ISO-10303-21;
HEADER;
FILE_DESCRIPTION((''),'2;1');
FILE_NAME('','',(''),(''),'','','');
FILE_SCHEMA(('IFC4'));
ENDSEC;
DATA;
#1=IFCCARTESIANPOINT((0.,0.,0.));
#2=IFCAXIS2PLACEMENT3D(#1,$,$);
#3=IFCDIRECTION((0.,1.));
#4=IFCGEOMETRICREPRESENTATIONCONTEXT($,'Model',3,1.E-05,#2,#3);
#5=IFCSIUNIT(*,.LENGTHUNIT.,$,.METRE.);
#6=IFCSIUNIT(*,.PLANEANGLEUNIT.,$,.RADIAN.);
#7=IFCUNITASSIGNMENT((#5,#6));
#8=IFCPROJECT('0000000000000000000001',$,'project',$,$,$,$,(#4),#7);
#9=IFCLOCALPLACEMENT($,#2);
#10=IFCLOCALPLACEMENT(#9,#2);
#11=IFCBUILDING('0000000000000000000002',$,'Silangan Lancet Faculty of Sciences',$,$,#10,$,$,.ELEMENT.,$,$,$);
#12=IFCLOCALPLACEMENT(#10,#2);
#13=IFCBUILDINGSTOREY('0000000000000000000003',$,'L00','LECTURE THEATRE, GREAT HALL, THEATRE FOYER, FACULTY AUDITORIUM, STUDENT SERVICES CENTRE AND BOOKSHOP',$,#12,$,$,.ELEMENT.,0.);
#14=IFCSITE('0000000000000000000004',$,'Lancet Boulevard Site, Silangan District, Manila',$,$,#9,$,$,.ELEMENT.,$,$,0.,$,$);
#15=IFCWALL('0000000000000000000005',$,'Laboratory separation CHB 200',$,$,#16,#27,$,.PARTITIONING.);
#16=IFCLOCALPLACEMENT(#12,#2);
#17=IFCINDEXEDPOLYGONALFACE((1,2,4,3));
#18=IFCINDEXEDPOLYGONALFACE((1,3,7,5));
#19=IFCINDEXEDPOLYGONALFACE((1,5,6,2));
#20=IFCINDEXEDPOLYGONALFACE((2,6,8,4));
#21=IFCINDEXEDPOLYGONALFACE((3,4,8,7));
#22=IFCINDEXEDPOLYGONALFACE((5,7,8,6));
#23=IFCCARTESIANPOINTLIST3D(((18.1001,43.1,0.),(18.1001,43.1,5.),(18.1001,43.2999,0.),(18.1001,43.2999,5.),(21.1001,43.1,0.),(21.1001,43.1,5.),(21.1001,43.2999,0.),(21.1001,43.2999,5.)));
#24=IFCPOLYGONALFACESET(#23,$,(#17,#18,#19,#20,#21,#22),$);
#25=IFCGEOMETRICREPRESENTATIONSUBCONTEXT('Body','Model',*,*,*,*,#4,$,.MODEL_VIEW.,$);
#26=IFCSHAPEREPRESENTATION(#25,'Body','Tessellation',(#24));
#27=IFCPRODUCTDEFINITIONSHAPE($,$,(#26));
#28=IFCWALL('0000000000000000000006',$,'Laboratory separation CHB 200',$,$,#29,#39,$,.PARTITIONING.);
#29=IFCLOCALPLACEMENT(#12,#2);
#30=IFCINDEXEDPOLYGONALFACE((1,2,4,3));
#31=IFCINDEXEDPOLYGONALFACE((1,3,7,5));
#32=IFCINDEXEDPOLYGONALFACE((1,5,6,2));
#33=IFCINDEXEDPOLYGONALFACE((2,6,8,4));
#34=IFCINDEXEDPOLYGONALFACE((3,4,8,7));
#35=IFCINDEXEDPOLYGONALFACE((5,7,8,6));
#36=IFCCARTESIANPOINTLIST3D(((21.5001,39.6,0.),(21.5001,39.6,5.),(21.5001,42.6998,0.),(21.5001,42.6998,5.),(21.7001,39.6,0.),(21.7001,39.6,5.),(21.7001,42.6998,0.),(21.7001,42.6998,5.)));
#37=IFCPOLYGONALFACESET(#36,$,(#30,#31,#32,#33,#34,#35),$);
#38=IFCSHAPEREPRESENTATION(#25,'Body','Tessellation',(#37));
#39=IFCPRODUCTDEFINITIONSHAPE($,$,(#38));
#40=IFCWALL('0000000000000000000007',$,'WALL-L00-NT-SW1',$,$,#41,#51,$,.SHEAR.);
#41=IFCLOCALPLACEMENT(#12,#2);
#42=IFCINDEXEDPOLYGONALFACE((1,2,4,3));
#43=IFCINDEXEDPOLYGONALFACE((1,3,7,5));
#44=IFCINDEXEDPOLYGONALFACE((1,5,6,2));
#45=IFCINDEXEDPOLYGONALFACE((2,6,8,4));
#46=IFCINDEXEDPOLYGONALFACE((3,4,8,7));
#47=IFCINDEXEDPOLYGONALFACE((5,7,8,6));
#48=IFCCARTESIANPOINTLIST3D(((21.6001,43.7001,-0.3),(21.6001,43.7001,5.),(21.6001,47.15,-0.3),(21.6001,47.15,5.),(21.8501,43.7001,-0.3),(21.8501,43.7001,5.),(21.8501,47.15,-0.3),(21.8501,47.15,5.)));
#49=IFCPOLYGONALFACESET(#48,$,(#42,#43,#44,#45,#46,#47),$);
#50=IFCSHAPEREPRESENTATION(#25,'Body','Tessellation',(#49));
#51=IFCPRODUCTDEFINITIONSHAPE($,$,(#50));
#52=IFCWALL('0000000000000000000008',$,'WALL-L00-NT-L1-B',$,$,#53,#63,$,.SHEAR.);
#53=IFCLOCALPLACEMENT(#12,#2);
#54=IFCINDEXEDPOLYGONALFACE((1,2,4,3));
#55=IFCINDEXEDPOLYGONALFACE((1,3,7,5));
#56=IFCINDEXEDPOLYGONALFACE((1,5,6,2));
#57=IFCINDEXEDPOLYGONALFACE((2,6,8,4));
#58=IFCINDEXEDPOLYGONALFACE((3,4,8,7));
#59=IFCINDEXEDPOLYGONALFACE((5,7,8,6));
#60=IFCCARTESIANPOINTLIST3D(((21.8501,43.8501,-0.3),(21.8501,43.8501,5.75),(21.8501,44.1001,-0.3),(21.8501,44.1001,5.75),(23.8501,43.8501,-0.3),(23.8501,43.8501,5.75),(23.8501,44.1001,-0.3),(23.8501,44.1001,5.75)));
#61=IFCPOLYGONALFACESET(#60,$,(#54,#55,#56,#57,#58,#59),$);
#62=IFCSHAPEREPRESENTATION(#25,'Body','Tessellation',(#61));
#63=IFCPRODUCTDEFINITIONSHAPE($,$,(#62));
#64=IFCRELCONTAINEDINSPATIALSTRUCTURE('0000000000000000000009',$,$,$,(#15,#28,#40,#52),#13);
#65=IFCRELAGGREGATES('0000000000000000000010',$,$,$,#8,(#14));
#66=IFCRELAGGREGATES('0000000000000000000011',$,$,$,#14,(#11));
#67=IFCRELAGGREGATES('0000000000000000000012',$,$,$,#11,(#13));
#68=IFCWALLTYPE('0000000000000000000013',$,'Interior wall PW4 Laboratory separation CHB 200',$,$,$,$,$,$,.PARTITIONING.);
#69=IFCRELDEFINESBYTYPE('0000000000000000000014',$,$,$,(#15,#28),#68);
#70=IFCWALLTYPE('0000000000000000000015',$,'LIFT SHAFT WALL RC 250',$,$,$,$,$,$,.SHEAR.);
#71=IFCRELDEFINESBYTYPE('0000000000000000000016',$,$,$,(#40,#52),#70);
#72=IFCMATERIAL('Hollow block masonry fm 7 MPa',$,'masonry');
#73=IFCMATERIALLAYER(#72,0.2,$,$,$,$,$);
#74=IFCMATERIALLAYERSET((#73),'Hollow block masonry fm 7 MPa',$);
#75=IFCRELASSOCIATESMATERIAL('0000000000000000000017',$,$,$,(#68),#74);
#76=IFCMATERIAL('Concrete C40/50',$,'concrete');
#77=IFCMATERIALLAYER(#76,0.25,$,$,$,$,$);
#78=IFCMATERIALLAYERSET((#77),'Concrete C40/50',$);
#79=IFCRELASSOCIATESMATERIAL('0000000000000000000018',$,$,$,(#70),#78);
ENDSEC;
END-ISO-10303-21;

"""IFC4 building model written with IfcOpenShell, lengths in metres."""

from ifc_helpers import new_model, si_unit, direction, frame, frame_2d, origin, place, context, subcontext, project, spatial, rectangle, extrude, material, layer, layer_set, type_object, element, save


model = new_model("IFC4")

# Units and contexts
model_context = context("Model", 3, precision=1e-05, world=origin(), true_north=direction((0.0, 1.0)))
body_context = subcontext(model_context, "Body", "Model", "MODEL_VIEW")
ifc_project = project(units=[si_unit("LENGTHUNIT", "METRE"), si_unit("PLANEANGLEUNIT", "RADIAN")], contexts=[model_context])

# Site, building, storey
site_placement = place(None, origin())
site = spatial("IfcSite", under=ifc_project, at=site_placement, Name="Lancet Boulevard Site, Silangan District, Manila", CompositionType="ELEMENT", RefElevation=0.0)
building_placement = place(site_placement, origin())
building = spatial("IfcBuilding", under=site, at=building_placement, Name="Silangan Lancet Faculty of Sciences", CompositionType="ELEMENT")
storey_placement = place(building_placement, origin())
storey = spatial("IfcBuildingStorey", under=building, at=storey_placement, Name="L00", Description="LECTURE THEATRE, GREAT HALL, THEATRE FOYER, FACULTY AUDITORIUM, STUDENT SERVICES CENTRE AND BOOKSHOP", CompositionType="ELEMENT", Elevation=0.0)

# Walls
ifc_material_1 = material(Name="Hollow block masonry fm 7 MPa", Category="masonry")
ifc_layer_1 = layer(ifc_material_1, 0.2)
ifc_layer_set_1 = layer_set([ifc_layer_1], Name="Hollow block masonry fm 7 MPa")
wall_type_1 = type_object("IfcWallType", Name="Interior wall PW4 Laboratory separation CHB 200", PredefinedType="PARTITIONING", material=ifc_layer_set_1)
wall_1_placement = place(storey_placement, frame((18.1001, 43.2, 0.0), z_axis=(0.0, 0.0, 1.0), x_axis=(1.0, 0.0, 0.0)))
element("IfcWall", 1, at=wall_1_placement, inside=storey, type_object=wall_type_1, Name="Laboratory separation CHB 200", PredefinedType="PARTITIONING", context=body_context, shape_type="SweptSolid", body=[
    extrude(rectangle(XDim=3.0, YDim=0.2, at=frame_2d((1.5, 0.0))), origin(), (0.0, 0.0, 1.0), 5.0),
])
wall_2_placement = place(storey_placement, frame((21.6001, 39.6001, 0.0), z_axis=(0.0, 0.0, 1.0), x_axis=(0.0, 1.0, 0.0)))
element("IfcWall", 2, at=wall_2_placement, inside=storey, type_object=wall_type_1, Name="Laboratory separation CHB 200", PredefinedType="PARTITIONING", context=body_context, shape_type="SweptSolid", body=[
    extrude(rectangle(XDim=3.0999, YDim=0.2, at=frame_2d((1.5498, 0.0))), origin(), (0.0, 0.0, 1.0), 5.0),
])

# Walls
ifc_material_2 = material(Name="Concrete C40/50", Category="concrete")
ifc_layer_2 = layer(ifc_material_2, 0.25)
ifc_layer_set_2 = layer_set([ifc_layer_2], Name="Concrete C40/50")
wall_type_2 = type_object("IfcWallType", Name="LIFT SHAFT WALL RC 250", PredefinedType="SHEAR", material=ifc_layer_set_2)
wall_3_placement = place(storey_placement, frame((21.7251, 43.7, -0.3), z_axis=(0.0, 0.0, 1.0), x_axis=(0.0, 1.0, 0.0)))
element("IfcWall", 3, at=wall_3_placement, inside=storey, type_object=wall_type_2, Name="WALL-L00-NT-SW1", PredefinedType="SHEAR", context=body_context, shape_type="SweptSolid", body=[
    extrude(rectangle(XDim=3.45, YDim=0.25, at=frame_2d((1.7251, 0.0))), origin(), (0.0, 0.0, 1.0), 5.3),
])
wall_4_placement = place(storey_placement, frame((21.8501, 43.9751, -0.3), z_axis=(0.0, 0.0, 1.0), x_axis=(1.0, 0.0, 0.0)))
element("IfcWall", 4, at=wall_4_placement, inside=storey, type_object=wall_type_2, Name="WALL-L00-NT-L1-B", PredefinedType="SHEAR", context=body_context, shape_type="SweptSolid", body=[
    extrude(rectangle(XDim=2.0, YDim=0.25, at=frame_2d((1.0, 0.0))), origin(), (0.0, 0.0, 1.0), 6.05),
])

save(model, "model.ifc")
